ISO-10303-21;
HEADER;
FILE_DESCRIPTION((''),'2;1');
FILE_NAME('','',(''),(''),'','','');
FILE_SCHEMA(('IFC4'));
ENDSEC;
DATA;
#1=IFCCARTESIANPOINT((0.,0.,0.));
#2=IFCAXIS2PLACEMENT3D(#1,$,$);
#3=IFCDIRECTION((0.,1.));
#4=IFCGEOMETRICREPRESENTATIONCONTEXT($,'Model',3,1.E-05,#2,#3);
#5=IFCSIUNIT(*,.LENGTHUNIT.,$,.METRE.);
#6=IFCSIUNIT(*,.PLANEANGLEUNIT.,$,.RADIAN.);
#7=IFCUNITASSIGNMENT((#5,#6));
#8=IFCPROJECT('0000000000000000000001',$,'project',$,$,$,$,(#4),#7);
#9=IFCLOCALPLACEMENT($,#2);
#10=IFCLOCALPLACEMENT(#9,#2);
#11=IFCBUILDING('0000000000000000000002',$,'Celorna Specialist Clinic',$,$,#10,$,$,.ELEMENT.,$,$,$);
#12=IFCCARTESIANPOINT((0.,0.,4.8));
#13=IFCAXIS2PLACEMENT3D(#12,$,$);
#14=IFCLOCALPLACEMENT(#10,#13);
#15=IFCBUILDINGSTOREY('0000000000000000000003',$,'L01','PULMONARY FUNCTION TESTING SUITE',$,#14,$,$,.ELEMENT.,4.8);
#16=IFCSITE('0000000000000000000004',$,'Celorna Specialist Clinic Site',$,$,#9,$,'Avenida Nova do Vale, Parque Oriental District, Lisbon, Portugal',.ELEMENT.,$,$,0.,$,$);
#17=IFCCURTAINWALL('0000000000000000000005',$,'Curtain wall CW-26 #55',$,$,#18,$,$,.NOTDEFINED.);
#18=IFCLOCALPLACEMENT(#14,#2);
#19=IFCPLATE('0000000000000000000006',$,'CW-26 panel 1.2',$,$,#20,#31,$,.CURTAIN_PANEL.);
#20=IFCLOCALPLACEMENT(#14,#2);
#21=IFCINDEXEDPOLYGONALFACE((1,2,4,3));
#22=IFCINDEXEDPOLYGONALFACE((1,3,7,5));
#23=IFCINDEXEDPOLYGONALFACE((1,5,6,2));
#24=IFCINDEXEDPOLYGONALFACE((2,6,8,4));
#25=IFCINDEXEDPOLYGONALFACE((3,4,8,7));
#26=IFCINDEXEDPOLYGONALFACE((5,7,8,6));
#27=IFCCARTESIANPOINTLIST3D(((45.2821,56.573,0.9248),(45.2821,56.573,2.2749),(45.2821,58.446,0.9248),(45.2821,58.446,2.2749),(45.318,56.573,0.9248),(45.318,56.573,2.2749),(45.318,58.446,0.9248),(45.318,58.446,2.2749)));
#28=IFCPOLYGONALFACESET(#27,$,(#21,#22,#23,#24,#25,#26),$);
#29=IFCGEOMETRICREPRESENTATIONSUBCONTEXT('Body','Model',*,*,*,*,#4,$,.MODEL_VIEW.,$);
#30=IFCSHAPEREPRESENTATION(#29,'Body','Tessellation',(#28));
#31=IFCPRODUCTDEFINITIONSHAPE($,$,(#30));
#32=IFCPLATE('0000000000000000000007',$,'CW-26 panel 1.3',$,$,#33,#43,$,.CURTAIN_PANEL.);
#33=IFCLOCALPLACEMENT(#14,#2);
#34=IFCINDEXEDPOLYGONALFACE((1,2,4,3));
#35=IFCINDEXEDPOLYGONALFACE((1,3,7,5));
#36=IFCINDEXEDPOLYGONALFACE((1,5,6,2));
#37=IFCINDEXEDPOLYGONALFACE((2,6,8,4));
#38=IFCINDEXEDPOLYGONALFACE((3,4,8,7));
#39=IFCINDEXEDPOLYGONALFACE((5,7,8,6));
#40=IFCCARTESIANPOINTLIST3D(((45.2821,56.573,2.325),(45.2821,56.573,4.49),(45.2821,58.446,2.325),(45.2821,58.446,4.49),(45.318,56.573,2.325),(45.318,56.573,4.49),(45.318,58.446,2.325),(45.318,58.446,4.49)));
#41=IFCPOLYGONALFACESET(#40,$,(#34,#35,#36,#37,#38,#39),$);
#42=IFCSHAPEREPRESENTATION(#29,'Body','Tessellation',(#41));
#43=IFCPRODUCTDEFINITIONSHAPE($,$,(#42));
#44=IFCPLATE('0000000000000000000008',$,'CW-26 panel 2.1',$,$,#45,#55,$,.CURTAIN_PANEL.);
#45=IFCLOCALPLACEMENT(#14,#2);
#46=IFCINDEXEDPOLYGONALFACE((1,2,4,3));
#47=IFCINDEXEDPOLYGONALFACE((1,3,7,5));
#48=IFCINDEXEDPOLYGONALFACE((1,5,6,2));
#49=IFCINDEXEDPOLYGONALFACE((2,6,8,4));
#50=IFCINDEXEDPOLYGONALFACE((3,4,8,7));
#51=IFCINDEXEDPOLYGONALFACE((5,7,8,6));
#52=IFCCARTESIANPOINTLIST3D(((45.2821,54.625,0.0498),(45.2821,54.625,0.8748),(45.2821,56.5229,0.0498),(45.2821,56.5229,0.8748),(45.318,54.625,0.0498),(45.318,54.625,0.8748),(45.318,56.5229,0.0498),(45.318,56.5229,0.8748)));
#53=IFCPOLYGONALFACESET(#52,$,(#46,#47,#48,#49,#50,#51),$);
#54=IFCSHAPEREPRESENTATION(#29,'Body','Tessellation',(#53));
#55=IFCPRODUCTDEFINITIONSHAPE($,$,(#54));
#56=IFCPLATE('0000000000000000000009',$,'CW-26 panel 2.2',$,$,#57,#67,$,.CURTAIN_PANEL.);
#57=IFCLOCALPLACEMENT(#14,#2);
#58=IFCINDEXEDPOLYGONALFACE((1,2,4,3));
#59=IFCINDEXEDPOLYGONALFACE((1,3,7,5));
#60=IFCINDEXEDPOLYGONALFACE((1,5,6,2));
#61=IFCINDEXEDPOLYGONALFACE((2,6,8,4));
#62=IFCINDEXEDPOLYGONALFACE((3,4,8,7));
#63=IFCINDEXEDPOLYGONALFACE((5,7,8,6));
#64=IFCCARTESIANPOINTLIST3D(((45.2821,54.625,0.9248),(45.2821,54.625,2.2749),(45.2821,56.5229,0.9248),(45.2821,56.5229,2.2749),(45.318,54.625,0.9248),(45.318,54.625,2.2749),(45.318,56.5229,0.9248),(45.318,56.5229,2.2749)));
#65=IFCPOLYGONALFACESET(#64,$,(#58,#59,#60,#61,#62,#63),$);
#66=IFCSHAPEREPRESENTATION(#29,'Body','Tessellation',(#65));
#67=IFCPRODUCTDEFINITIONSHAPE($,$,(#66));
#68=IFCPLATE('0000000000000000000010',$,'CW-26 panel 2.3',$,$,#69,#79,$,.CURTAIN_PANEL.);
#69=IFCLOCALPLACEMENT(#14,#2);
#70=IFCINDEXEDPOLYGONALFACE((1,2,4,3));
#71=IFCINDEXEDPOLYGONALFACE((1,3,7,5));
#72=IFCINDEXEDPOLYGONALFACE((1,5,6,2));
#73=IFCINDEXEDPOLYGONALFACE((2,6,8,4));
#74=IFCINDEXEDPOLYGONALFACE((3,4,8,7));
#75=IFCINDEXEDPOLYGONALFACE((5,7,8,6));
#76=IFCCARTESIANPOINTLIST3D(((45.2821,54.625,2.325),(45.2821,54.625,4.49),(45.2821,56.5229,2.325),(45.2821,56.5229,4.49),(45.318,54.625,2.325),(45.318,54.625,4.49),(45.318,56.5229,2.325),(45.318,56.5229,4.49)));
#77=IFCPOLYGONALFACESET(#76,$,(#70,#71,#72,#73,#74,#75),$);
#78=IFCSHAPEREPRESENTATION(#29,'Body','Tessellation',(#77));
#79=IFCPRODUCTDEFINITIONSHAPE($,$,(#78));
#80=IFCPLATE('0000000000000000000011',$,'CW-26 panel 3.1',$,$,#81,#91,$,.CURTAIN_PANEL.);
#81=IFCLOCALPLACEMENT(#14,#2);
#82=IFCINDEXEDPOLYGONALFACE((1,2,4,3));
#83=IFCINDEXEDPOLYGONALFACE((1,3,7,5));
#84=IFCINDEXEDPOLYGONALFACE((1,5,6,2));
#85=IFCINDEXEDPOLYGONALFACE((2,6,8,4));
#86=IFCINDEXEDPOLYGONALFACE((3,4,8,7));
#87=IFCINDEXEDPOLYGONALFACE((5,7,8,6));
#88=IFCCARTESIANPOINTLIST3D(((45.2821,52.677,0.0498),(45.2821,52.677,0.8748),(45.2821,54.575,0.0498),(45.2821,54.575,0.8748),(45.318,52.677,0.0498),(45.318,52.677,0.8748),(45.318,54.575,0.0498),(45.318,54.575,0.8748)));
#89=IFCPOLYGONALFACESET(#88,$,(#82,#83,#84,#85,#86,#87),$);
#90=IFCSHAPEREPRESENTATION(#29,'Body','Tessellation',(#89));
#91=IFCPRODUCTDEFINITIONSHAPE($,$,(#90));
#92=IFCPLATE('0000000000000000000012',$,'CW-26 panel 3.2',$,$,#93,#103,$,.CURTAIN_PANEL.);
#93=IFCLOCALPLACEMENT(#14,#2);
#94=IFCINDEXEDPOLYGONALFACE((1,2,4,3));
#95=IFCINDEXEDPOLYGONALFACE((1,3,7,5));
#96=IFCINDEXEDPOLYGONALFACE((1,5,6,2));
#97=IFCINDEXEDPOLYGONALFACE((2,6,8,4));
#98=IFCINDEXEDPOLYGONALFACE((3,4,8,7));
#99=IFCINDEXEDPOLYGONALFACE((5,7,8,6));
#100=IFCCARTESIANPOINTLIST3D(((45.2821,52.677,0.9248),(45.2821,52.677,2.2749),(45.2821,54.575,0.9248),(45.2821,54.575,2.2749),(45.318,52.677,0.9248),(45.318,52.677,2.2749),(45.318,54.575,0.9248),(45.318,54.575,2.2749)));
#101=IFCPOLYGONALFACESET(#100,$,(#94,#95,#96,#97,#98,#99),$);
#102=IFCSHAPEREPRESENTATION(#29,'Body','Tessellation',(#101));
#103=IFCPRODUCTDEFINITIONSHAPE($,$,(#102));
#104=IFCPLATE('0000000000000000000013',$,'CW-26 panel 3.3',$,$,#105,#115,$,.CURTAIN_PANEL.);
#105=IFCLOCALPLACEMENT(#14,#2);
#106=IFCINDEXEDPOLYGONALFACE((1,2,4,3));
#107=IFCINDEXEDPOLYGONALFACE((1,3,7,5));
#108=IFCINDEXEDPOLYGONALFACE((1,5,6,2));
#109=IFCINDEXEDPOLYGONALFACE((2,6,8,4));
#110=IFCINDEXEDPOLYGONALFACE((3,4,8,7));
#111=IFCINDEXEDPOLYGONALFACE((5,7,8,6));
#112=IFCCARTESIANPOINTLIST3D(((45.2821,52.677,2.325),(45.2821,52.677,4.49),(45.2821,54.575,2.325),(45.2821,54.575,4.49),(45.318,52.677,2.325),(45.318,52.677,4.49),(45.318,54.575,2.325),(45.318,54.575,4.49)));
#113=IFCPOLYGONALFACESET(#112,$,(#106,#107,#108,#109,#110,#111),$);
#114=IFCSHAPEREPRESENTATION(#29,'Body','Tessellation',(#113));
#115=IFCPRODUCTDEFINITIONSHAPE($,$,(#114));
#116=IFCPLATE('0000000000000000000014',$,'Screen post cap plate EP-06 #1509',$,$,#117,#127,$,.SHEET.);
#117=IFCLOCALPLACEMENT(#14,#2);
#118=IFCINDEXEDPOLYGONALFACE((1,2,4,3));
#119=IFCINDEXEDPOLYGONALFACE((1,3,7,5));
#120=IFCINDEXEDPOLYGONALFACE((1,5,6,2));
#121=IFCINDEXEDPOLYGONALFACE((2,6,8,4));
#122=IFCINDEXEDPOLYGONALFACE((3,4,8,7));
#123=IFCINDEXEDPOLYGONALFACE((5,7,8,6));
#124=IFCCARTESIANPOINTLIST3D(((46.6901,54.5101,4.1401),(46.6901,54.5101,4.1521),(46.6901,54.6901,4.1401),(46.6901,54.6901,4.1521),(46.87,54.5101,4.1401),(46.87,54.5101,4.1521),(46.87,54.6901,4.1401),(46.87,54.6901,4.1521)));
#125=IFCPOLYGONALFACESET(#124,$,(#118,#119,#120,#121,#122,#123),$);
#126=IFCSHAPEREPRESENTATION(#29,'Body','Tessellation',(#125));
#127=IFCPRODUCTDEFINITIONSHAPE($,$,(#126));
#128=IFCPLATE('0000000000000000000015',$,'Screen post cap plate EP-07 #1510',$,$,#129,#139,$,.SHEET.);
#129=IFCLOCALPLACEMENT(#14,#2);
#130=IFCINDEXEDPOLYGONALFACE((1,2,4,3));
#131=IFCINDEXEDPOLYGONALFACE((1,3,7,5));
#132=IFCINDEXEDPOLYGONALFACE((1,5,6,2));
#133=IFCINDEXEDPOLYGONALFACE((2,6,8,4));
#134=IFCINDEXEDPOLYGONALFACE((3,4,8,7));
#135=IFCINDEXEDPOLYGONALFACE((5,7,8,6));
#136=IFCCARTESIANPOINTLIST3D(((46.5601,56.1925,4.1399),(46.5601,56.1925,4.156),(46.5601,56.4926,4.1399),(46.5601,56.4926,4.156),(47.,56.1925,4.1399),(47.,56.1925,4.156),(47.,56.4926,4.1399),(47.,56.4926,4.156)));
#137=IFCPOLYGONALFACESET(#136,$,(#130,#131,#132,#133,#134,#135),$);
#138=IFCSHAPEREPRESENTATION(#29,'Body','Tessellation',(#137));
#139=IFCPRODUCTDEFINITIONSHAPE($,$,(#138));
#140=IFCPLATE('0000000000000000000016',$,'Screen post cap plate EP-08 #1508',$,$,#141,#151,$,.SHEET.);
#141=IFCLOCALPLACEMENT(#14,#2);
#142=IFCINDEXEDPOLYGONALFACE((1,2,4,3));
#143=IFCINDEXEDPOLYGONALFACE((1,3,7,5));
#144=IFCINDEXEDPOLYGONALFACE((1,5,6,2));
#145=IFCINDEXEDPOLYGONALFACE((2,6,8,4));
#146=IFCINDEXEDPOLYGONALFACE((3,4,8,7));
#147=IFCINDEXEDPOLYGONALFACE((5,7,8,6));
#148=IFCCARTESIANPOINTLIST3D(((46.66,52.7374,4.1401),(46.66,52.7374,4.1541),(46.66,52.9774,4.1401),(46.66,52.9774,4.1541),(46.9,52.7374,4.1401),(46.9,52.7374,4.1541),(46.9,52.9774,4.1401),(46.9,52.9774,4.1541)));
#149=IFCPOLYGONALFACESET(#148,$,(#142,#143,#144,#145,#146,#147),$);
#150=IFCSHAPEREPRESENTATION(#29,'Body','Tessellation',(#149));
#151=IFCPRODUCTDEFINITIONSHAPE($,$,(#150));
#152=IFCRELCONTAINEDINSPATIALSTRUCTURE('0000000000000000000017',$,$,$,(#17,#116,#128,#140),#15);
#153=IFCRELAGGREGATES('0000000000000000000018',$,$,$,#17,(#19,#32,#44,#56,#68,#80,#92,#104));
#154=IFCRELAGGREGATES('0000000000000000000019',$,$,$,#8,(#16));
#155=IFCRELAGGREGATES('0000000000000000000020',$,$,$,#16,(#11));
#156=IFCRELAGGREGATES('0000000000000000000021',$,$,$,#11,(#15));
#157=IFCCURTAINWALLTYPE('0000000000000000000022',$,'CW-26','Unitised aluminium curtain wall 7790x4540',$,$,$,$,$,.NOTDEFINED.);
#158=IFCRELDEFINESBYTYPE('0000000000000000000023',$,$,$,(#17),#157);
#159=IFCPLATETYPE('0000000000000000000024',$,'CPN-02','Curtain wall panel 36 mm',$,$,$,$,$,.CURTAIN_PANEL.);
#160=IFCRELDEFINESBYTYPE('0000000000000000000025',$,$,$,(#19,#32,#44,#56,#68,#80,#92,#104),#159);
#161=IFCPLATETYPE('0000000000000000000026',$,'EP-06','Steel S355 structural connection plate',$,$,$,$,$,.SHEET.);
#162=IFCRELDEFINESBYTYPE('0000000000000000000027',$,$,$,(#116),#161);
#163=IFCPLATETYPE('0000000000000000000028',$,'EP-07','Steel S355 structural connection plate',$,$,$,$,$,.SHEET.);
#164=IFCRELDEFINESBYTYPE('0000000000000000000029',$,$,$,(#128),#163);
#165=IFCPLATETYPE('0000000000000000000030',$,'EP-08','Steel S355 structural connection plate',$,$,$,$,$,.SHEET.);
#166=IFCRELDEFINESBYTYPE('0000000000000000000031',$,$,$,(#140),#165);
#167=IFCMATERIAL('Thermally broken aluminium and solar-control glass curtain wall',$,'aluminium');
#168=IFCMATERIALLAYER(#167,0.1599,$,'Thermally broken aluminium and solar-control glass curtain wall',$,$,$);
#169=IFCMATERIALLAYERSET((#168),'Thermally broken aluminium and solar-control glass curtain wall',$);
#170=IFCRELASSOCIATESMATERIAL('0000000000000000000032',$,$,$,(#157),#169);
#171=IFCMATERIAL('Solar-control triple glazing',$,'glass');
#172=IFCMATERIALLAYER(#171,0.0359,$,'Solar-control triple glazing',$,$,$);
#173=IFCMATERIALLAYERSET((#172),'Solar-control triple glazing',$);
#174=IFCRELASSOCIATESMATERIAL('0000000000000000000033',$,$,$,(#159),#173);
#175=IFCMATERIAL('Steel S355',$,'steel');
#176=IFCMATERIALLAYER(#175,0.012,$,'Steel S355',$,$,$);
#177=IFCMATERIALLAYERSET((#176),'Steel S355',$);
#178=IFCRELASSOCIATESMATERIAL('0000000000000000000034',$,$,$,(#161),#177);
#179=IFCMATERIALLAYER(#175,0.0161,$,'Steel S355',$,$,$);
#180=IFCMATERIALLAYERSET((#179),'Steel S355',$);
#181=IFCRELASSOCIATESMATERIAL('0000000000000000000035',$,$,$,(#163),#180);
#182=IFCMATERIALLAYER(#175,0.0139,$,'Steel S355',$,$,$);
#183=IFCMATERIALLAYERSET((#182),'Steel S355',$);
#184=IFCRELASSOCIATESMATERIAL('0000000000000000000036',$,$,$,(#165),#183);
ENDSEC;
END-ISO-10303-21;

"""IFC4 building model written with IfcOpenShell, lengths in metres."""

from ifc_helpers import new_model, si_unit, direction, frame, origin, origin_2d, place, context, subcontext, project, spatial, rectangle, extrude, material, layer, layer_set, type_object, element, aggregate, save


model = new_model("IFC4")

# Units and contexts
model_context = context("Model", 3, precision=1e-05, world=origin(), true_north=direction((0.0, 1.0)))
body_context = subcontext(model_context, "Body", "Model", "MODEL_VIEW")
ifc_project = project(units=[si_unit("LENGTHUNIT", "METRE"), si_unit("PLANEANGLEUNIT", "RADIAN")], contexts=[model_context])

# Site, building, storey
site_placement = place(None, origin())
site = spatial("IfcSite", under=ifc_project, at=site_placement, Name="Celorna Specialist Clinic Site", LongName="Avenida Nova do Vale, Parque Oriental District, Lisbon, Portugal", CompositionType="ELEMENT", RefElevation=0.0)
building_placement = place(site_placement, origin())
building = spatial("IfcBuilding", under=site, at=building_placement, Name="Celorna Specialist Clinic", CompositionType="ELEMENT")
storey_placement = place(building_placement, frame((0.0, 0.0, 4.8)))
storey = spatial("IfcBuildingStorey", under=building, at=storey_placement, Name="L01", Description="PULMONARY FUNCTION TESTING SUITE", CompositionType="ELEMENT", Elevation=4.8)

# Shared definitions
ifc_material_1 = material(Name="Steel S355", Category="steel")

# Curtain wall, plates
ifc_material_2 = material(Name="Thermally broken aluminium and solar-control glass curtain wall", Category="aluminium")
ifc_layer_1 = layer(ifc_material_2, 0.1599, Name="Thermally broken aluminium and solar-control glass curtain wall")
ifc_layer_set_1 = layer_set([ifc_layer_1], Name="Thermally broken aluminium and solar-control glass curtain wall")
curtain_wall_type = type_object("IfcCurtainWallType", Name="CW-26", Description="Unitised aluminium curtain wall 7790x4540", PredefinedType="NOTDEFINED", material=ifc_layer_set_1)
curtain_wall_placement = place(storey_placement, origin())
curtain_wall = element("IfcCurtainWall", 1, at=curtain_wall_placement, inside=storey, type_object=curtain_wall_type, Name="Curtain wall CW-26 #55", PredefinedType="NOTDEFINED")
ifc_material_3 = material(Name="Solar-control triple glazing", Category="glass")
ifc_layer_2 = layer(ifc_material_3, 0.0359, Name="Solar-control triple glazing")
ifc_layer_set_2 = layer_set([ifc_layer_2], Name="Solar-control triple glazing")
plate_type_1 = type_object("IfcPlateType", Name="CPN-02", Description="Curtain wall panel 36 mm", PredefinedType="CURTAIN_PANEL", material=ifc_layer_set_2)
plate_1_placement = place(storey_placement, frame((45.3, 57.5095, 0.9248), z_axis=(0.0, 0.0, 1.0), x_axis=(0.0, -1.0, 0.0)))
plate_1 = element("IfcPlate", 2, at=plate_1_placement, type_object=plate_type_1, Name="CW-26 panel 1.2", PredefinedType="CURTAIN_PANEL", context=body_context, shape_type="SweptSolid", body=[
    extrude(rectangle(XDim=1.873, YDim=0.0359, at=origin_2d()), origin(), (0.0, 0.0, 1.0), 1.3501),
])
plate_2_placement = place(storey_placement, frame((45.3, 57.5095, 2.325), z_axis=(0.0, 0.0, 1.0), x_axis=(0.0, -1.0, 0.0)))
plate_2 = element("IfcPlate", 3, at=plate_2_placement, type_object=plate_type_1, Name="CW-26 panel 1.3", PredefinedType="CURTAIN_PANEL", context=body_context, shape_type="SweptSolid", body=[
    extrude(rectangle(XDim=1.873, YDim=0.0359, at=origin_2d()), origin(), (0.0, 0.0, 1.0), 2.165),
])
plate_3_placement = place(storey_placement, frame((45.3, 55.574, 0.0498), z_axis=(0.0, 0.0, 1.0), x_axis=(0.0, -1.0, 0.0)))
plate_3 = element("IfcPlate", 4, at=plate_3_placement, type_object=plate_type_1, Name="CW-26 panel 2.1", PredefinedType="CURTAIN_PANEL", context=body_context, shape_type="SweptSolid", body=[
    extrude(rectangle(XDim=1.8979, YDim=0.0359, at=origin_2d()), origin(), (0.0, 0.0, 1.0), 0.825),
])
plate_4_placement = place(storey_placement, frame((45.3, 55.574, 0.9248), z_axis=(0.0, 0.0, 1.0), x_axis=(0.0, -1.0, 0.0)))
plate_4 = element("IfcPlate", 5, at=plate_4_placement, type_object=plate_type_1, Name="CW-26 panel 2.2", PredefinedType="CURTAIN_PANEL", context=body_context, shape_type="SweptSolid", body=[
    extrude(rectangle(XDim=1.8979, YDim=0.0359, at=origin_2d()), origin(), (0.0, 0.0, 1.0), 1.3501),
])
plate_5_placement = place(storey_placement, frame((45.3, 55.574, 2.325), z_axis=(0.0, 0.0, 1.0), x_axis=(0.0, -1.0, 0.0)))
plate_5 = element("IfcPlate", 6, at=plate_5_placement, type_object=plate_type_1, Name="CW-26 panel 2.3", PredefinedType="CURTAIN_PANEL", context=body_context, shape_type="SweptSolid", body=[
    extrude(rectangle(XDim=1.8979, YDim=0.0359, at=origin_2d()), origin(), (0.0, 0.0, 1.0), 2.165),
])
plate_6_placement = place(storey_placement, frame((45.3, 53.626, 0.0498), z_axis=(0.0, 0.0, 1.0), x_axis=(0.0, -1.0, 0.0)))
plate_6 = element("IfcPlate", 7, at=plate_6_placement, type_object=plate_type_1, Name="CW-26 panel 3.1", PredefinedType="CURTAIN_PANEL", context=body_context, shape_type="SweptSolid", body=[
    extrude(rectangle(XDim=1.8979, YDim=0.0359, at=origin_2d()), origin(), (0.0, 0.0, 1.0), 0.825),
])
plate_7_placement = place(storey_placement, frame((45.3, 53.626, 0.9248), z_axis=(0.0, 0.0, 1.0), x_axis=(0.0, -1.0, 0.0)))
plate_7 = element("IfcPlate", 8, at=plate_7_placement, type_object=plate_type_1, Name="CW-26 panel 3.2", PredefinedType="CURTAIN_PANEL", context=body_context, shape_type="SweptSolid", body=[
    extrude(rectangle(XDim=1.8979, YDim=0.0359, at=origin_2d()), origin(), (0.0, 0.0, 1.0), 1.3501),
])
plate_8_placement = place(storey_placement, frame((45.3, 53.626, 2.325), z_axis=(0.0, 0.0, 1.0), x_axis=(0.0, -1.0, 0.0)))
plate_8 = element("IfcPlate", 9, at=plate_8_placement, type_object=plate_type_1, Name="CW-26 panel 3.3", PredefinedType="CURTAIN_PANEL", context=body_context, shape_type="SweptSolid", body=[
    extrude(rectangle(XDim=1.8979, YDim=0.0359, at=origin_2d()), origin(), (0.0, 0.0, 1.0), 2.165),
])
aggregate(curtain_wall, [plate_1, plate_2, plate_3, plate_4, plate_5, plate_6, plate_7, plate_8])

# Plates
ifc_layer_3 = layer(ifc_material_1, 0.012, Name="Steel S355")
ifc_layer_set_3 = layer_set([ifc_layer_3], Name="Steel S355")
plate_type_2 = type_object("IfcPlateType", Name="EP-06", Description="Steel S355 structural connection plate", PredefinedType="SHEET", material=ifc_layer_set_3)
plate_9_placement = place(storey_placement, frame((46.78, 54.6001, 4.1401), z_axis=(0.0, 0.0, 1.0), x_axis=(0.0, 1.0, 0.0)))
element("IfcPlate", 10, at=plate_9_placement, inside=storey, type_object=plate_type_2, Name="Screen post cap plate EP-06 #1509", PredefinedType="SHEET", context=body_context, shape_type="SweptSolid", body=[
    extrude(rectangle(XDim=0.1799, YDim=0.1799, at=origin_2d()), origin(), (0.0, 0.0, 1.0), 0.012),
])
ifc_layer_4 = layer(ifc_material_1, 0.0161, Name="Steel S355")
ifc_layer_set_4 = layer_set([ifc_layer_4], Name="Steel S355")
plate_type_3 = type_object("IfcPlateType", Name="EP-07", Description="Steel S355 structural connection plate", PredefinedType="SHEET", material=ifc_layer_set_4)
plate_10_placement = place(storey_placement, frame((46.78, 56.3425, 4.1399), z_axis=(0.0, 0.0, 1.0), x_axis=(0.0, 1.0, 0.0)))
element("IfcPlate", 11, at=plate_10_placement, inside=storey, type_object=plate_type_3, Name="Screen post cap plate EP-07 #1510", PredefinedType="SHEET", context=body_context, shape_type="SweptSolid", body=[
    extrude(rectangle(XDim=0.3, YDim=0.4399, at=origin_2d()), origin(), (0.0, 0.0, 1.0), 0.0161),
])
ifc_layer_5 = layer(ifc_material_1, 0.0139, Name="Steel S355")
ifc_layer_set_5 = layer_set([ifc_layer_5], Name="Steel S355")
plate_type_4 = type_object("IfcPlateType", Name="EP-08", Description="Steel S355 structural connection plate", PredefinedType="SHEET", material=ifc_layer_set_5)
plate_11_placement = place(storey_placement, frame((46.78, 52.8574, 4.1401), z_axis=(0.0, 0.0, 1.0), x_axis=(0.0, 1.0, 0.0)))
element("IfcPlate", 12, at=plate_11_placement, inside=storey, type_object=plate_type_4, Name="Screen post cap plate EP-08 #1508", PredefinedType="SHEET", context=body_context, shape_type="SweptSolid", body=[
    extrude(rectangle(XDim=0.24, YDim=0.24, at=origin_2d()), origin(), (0.0, 0.0, 1.0), 0.0139),
])

save(model, "model.ifc")
